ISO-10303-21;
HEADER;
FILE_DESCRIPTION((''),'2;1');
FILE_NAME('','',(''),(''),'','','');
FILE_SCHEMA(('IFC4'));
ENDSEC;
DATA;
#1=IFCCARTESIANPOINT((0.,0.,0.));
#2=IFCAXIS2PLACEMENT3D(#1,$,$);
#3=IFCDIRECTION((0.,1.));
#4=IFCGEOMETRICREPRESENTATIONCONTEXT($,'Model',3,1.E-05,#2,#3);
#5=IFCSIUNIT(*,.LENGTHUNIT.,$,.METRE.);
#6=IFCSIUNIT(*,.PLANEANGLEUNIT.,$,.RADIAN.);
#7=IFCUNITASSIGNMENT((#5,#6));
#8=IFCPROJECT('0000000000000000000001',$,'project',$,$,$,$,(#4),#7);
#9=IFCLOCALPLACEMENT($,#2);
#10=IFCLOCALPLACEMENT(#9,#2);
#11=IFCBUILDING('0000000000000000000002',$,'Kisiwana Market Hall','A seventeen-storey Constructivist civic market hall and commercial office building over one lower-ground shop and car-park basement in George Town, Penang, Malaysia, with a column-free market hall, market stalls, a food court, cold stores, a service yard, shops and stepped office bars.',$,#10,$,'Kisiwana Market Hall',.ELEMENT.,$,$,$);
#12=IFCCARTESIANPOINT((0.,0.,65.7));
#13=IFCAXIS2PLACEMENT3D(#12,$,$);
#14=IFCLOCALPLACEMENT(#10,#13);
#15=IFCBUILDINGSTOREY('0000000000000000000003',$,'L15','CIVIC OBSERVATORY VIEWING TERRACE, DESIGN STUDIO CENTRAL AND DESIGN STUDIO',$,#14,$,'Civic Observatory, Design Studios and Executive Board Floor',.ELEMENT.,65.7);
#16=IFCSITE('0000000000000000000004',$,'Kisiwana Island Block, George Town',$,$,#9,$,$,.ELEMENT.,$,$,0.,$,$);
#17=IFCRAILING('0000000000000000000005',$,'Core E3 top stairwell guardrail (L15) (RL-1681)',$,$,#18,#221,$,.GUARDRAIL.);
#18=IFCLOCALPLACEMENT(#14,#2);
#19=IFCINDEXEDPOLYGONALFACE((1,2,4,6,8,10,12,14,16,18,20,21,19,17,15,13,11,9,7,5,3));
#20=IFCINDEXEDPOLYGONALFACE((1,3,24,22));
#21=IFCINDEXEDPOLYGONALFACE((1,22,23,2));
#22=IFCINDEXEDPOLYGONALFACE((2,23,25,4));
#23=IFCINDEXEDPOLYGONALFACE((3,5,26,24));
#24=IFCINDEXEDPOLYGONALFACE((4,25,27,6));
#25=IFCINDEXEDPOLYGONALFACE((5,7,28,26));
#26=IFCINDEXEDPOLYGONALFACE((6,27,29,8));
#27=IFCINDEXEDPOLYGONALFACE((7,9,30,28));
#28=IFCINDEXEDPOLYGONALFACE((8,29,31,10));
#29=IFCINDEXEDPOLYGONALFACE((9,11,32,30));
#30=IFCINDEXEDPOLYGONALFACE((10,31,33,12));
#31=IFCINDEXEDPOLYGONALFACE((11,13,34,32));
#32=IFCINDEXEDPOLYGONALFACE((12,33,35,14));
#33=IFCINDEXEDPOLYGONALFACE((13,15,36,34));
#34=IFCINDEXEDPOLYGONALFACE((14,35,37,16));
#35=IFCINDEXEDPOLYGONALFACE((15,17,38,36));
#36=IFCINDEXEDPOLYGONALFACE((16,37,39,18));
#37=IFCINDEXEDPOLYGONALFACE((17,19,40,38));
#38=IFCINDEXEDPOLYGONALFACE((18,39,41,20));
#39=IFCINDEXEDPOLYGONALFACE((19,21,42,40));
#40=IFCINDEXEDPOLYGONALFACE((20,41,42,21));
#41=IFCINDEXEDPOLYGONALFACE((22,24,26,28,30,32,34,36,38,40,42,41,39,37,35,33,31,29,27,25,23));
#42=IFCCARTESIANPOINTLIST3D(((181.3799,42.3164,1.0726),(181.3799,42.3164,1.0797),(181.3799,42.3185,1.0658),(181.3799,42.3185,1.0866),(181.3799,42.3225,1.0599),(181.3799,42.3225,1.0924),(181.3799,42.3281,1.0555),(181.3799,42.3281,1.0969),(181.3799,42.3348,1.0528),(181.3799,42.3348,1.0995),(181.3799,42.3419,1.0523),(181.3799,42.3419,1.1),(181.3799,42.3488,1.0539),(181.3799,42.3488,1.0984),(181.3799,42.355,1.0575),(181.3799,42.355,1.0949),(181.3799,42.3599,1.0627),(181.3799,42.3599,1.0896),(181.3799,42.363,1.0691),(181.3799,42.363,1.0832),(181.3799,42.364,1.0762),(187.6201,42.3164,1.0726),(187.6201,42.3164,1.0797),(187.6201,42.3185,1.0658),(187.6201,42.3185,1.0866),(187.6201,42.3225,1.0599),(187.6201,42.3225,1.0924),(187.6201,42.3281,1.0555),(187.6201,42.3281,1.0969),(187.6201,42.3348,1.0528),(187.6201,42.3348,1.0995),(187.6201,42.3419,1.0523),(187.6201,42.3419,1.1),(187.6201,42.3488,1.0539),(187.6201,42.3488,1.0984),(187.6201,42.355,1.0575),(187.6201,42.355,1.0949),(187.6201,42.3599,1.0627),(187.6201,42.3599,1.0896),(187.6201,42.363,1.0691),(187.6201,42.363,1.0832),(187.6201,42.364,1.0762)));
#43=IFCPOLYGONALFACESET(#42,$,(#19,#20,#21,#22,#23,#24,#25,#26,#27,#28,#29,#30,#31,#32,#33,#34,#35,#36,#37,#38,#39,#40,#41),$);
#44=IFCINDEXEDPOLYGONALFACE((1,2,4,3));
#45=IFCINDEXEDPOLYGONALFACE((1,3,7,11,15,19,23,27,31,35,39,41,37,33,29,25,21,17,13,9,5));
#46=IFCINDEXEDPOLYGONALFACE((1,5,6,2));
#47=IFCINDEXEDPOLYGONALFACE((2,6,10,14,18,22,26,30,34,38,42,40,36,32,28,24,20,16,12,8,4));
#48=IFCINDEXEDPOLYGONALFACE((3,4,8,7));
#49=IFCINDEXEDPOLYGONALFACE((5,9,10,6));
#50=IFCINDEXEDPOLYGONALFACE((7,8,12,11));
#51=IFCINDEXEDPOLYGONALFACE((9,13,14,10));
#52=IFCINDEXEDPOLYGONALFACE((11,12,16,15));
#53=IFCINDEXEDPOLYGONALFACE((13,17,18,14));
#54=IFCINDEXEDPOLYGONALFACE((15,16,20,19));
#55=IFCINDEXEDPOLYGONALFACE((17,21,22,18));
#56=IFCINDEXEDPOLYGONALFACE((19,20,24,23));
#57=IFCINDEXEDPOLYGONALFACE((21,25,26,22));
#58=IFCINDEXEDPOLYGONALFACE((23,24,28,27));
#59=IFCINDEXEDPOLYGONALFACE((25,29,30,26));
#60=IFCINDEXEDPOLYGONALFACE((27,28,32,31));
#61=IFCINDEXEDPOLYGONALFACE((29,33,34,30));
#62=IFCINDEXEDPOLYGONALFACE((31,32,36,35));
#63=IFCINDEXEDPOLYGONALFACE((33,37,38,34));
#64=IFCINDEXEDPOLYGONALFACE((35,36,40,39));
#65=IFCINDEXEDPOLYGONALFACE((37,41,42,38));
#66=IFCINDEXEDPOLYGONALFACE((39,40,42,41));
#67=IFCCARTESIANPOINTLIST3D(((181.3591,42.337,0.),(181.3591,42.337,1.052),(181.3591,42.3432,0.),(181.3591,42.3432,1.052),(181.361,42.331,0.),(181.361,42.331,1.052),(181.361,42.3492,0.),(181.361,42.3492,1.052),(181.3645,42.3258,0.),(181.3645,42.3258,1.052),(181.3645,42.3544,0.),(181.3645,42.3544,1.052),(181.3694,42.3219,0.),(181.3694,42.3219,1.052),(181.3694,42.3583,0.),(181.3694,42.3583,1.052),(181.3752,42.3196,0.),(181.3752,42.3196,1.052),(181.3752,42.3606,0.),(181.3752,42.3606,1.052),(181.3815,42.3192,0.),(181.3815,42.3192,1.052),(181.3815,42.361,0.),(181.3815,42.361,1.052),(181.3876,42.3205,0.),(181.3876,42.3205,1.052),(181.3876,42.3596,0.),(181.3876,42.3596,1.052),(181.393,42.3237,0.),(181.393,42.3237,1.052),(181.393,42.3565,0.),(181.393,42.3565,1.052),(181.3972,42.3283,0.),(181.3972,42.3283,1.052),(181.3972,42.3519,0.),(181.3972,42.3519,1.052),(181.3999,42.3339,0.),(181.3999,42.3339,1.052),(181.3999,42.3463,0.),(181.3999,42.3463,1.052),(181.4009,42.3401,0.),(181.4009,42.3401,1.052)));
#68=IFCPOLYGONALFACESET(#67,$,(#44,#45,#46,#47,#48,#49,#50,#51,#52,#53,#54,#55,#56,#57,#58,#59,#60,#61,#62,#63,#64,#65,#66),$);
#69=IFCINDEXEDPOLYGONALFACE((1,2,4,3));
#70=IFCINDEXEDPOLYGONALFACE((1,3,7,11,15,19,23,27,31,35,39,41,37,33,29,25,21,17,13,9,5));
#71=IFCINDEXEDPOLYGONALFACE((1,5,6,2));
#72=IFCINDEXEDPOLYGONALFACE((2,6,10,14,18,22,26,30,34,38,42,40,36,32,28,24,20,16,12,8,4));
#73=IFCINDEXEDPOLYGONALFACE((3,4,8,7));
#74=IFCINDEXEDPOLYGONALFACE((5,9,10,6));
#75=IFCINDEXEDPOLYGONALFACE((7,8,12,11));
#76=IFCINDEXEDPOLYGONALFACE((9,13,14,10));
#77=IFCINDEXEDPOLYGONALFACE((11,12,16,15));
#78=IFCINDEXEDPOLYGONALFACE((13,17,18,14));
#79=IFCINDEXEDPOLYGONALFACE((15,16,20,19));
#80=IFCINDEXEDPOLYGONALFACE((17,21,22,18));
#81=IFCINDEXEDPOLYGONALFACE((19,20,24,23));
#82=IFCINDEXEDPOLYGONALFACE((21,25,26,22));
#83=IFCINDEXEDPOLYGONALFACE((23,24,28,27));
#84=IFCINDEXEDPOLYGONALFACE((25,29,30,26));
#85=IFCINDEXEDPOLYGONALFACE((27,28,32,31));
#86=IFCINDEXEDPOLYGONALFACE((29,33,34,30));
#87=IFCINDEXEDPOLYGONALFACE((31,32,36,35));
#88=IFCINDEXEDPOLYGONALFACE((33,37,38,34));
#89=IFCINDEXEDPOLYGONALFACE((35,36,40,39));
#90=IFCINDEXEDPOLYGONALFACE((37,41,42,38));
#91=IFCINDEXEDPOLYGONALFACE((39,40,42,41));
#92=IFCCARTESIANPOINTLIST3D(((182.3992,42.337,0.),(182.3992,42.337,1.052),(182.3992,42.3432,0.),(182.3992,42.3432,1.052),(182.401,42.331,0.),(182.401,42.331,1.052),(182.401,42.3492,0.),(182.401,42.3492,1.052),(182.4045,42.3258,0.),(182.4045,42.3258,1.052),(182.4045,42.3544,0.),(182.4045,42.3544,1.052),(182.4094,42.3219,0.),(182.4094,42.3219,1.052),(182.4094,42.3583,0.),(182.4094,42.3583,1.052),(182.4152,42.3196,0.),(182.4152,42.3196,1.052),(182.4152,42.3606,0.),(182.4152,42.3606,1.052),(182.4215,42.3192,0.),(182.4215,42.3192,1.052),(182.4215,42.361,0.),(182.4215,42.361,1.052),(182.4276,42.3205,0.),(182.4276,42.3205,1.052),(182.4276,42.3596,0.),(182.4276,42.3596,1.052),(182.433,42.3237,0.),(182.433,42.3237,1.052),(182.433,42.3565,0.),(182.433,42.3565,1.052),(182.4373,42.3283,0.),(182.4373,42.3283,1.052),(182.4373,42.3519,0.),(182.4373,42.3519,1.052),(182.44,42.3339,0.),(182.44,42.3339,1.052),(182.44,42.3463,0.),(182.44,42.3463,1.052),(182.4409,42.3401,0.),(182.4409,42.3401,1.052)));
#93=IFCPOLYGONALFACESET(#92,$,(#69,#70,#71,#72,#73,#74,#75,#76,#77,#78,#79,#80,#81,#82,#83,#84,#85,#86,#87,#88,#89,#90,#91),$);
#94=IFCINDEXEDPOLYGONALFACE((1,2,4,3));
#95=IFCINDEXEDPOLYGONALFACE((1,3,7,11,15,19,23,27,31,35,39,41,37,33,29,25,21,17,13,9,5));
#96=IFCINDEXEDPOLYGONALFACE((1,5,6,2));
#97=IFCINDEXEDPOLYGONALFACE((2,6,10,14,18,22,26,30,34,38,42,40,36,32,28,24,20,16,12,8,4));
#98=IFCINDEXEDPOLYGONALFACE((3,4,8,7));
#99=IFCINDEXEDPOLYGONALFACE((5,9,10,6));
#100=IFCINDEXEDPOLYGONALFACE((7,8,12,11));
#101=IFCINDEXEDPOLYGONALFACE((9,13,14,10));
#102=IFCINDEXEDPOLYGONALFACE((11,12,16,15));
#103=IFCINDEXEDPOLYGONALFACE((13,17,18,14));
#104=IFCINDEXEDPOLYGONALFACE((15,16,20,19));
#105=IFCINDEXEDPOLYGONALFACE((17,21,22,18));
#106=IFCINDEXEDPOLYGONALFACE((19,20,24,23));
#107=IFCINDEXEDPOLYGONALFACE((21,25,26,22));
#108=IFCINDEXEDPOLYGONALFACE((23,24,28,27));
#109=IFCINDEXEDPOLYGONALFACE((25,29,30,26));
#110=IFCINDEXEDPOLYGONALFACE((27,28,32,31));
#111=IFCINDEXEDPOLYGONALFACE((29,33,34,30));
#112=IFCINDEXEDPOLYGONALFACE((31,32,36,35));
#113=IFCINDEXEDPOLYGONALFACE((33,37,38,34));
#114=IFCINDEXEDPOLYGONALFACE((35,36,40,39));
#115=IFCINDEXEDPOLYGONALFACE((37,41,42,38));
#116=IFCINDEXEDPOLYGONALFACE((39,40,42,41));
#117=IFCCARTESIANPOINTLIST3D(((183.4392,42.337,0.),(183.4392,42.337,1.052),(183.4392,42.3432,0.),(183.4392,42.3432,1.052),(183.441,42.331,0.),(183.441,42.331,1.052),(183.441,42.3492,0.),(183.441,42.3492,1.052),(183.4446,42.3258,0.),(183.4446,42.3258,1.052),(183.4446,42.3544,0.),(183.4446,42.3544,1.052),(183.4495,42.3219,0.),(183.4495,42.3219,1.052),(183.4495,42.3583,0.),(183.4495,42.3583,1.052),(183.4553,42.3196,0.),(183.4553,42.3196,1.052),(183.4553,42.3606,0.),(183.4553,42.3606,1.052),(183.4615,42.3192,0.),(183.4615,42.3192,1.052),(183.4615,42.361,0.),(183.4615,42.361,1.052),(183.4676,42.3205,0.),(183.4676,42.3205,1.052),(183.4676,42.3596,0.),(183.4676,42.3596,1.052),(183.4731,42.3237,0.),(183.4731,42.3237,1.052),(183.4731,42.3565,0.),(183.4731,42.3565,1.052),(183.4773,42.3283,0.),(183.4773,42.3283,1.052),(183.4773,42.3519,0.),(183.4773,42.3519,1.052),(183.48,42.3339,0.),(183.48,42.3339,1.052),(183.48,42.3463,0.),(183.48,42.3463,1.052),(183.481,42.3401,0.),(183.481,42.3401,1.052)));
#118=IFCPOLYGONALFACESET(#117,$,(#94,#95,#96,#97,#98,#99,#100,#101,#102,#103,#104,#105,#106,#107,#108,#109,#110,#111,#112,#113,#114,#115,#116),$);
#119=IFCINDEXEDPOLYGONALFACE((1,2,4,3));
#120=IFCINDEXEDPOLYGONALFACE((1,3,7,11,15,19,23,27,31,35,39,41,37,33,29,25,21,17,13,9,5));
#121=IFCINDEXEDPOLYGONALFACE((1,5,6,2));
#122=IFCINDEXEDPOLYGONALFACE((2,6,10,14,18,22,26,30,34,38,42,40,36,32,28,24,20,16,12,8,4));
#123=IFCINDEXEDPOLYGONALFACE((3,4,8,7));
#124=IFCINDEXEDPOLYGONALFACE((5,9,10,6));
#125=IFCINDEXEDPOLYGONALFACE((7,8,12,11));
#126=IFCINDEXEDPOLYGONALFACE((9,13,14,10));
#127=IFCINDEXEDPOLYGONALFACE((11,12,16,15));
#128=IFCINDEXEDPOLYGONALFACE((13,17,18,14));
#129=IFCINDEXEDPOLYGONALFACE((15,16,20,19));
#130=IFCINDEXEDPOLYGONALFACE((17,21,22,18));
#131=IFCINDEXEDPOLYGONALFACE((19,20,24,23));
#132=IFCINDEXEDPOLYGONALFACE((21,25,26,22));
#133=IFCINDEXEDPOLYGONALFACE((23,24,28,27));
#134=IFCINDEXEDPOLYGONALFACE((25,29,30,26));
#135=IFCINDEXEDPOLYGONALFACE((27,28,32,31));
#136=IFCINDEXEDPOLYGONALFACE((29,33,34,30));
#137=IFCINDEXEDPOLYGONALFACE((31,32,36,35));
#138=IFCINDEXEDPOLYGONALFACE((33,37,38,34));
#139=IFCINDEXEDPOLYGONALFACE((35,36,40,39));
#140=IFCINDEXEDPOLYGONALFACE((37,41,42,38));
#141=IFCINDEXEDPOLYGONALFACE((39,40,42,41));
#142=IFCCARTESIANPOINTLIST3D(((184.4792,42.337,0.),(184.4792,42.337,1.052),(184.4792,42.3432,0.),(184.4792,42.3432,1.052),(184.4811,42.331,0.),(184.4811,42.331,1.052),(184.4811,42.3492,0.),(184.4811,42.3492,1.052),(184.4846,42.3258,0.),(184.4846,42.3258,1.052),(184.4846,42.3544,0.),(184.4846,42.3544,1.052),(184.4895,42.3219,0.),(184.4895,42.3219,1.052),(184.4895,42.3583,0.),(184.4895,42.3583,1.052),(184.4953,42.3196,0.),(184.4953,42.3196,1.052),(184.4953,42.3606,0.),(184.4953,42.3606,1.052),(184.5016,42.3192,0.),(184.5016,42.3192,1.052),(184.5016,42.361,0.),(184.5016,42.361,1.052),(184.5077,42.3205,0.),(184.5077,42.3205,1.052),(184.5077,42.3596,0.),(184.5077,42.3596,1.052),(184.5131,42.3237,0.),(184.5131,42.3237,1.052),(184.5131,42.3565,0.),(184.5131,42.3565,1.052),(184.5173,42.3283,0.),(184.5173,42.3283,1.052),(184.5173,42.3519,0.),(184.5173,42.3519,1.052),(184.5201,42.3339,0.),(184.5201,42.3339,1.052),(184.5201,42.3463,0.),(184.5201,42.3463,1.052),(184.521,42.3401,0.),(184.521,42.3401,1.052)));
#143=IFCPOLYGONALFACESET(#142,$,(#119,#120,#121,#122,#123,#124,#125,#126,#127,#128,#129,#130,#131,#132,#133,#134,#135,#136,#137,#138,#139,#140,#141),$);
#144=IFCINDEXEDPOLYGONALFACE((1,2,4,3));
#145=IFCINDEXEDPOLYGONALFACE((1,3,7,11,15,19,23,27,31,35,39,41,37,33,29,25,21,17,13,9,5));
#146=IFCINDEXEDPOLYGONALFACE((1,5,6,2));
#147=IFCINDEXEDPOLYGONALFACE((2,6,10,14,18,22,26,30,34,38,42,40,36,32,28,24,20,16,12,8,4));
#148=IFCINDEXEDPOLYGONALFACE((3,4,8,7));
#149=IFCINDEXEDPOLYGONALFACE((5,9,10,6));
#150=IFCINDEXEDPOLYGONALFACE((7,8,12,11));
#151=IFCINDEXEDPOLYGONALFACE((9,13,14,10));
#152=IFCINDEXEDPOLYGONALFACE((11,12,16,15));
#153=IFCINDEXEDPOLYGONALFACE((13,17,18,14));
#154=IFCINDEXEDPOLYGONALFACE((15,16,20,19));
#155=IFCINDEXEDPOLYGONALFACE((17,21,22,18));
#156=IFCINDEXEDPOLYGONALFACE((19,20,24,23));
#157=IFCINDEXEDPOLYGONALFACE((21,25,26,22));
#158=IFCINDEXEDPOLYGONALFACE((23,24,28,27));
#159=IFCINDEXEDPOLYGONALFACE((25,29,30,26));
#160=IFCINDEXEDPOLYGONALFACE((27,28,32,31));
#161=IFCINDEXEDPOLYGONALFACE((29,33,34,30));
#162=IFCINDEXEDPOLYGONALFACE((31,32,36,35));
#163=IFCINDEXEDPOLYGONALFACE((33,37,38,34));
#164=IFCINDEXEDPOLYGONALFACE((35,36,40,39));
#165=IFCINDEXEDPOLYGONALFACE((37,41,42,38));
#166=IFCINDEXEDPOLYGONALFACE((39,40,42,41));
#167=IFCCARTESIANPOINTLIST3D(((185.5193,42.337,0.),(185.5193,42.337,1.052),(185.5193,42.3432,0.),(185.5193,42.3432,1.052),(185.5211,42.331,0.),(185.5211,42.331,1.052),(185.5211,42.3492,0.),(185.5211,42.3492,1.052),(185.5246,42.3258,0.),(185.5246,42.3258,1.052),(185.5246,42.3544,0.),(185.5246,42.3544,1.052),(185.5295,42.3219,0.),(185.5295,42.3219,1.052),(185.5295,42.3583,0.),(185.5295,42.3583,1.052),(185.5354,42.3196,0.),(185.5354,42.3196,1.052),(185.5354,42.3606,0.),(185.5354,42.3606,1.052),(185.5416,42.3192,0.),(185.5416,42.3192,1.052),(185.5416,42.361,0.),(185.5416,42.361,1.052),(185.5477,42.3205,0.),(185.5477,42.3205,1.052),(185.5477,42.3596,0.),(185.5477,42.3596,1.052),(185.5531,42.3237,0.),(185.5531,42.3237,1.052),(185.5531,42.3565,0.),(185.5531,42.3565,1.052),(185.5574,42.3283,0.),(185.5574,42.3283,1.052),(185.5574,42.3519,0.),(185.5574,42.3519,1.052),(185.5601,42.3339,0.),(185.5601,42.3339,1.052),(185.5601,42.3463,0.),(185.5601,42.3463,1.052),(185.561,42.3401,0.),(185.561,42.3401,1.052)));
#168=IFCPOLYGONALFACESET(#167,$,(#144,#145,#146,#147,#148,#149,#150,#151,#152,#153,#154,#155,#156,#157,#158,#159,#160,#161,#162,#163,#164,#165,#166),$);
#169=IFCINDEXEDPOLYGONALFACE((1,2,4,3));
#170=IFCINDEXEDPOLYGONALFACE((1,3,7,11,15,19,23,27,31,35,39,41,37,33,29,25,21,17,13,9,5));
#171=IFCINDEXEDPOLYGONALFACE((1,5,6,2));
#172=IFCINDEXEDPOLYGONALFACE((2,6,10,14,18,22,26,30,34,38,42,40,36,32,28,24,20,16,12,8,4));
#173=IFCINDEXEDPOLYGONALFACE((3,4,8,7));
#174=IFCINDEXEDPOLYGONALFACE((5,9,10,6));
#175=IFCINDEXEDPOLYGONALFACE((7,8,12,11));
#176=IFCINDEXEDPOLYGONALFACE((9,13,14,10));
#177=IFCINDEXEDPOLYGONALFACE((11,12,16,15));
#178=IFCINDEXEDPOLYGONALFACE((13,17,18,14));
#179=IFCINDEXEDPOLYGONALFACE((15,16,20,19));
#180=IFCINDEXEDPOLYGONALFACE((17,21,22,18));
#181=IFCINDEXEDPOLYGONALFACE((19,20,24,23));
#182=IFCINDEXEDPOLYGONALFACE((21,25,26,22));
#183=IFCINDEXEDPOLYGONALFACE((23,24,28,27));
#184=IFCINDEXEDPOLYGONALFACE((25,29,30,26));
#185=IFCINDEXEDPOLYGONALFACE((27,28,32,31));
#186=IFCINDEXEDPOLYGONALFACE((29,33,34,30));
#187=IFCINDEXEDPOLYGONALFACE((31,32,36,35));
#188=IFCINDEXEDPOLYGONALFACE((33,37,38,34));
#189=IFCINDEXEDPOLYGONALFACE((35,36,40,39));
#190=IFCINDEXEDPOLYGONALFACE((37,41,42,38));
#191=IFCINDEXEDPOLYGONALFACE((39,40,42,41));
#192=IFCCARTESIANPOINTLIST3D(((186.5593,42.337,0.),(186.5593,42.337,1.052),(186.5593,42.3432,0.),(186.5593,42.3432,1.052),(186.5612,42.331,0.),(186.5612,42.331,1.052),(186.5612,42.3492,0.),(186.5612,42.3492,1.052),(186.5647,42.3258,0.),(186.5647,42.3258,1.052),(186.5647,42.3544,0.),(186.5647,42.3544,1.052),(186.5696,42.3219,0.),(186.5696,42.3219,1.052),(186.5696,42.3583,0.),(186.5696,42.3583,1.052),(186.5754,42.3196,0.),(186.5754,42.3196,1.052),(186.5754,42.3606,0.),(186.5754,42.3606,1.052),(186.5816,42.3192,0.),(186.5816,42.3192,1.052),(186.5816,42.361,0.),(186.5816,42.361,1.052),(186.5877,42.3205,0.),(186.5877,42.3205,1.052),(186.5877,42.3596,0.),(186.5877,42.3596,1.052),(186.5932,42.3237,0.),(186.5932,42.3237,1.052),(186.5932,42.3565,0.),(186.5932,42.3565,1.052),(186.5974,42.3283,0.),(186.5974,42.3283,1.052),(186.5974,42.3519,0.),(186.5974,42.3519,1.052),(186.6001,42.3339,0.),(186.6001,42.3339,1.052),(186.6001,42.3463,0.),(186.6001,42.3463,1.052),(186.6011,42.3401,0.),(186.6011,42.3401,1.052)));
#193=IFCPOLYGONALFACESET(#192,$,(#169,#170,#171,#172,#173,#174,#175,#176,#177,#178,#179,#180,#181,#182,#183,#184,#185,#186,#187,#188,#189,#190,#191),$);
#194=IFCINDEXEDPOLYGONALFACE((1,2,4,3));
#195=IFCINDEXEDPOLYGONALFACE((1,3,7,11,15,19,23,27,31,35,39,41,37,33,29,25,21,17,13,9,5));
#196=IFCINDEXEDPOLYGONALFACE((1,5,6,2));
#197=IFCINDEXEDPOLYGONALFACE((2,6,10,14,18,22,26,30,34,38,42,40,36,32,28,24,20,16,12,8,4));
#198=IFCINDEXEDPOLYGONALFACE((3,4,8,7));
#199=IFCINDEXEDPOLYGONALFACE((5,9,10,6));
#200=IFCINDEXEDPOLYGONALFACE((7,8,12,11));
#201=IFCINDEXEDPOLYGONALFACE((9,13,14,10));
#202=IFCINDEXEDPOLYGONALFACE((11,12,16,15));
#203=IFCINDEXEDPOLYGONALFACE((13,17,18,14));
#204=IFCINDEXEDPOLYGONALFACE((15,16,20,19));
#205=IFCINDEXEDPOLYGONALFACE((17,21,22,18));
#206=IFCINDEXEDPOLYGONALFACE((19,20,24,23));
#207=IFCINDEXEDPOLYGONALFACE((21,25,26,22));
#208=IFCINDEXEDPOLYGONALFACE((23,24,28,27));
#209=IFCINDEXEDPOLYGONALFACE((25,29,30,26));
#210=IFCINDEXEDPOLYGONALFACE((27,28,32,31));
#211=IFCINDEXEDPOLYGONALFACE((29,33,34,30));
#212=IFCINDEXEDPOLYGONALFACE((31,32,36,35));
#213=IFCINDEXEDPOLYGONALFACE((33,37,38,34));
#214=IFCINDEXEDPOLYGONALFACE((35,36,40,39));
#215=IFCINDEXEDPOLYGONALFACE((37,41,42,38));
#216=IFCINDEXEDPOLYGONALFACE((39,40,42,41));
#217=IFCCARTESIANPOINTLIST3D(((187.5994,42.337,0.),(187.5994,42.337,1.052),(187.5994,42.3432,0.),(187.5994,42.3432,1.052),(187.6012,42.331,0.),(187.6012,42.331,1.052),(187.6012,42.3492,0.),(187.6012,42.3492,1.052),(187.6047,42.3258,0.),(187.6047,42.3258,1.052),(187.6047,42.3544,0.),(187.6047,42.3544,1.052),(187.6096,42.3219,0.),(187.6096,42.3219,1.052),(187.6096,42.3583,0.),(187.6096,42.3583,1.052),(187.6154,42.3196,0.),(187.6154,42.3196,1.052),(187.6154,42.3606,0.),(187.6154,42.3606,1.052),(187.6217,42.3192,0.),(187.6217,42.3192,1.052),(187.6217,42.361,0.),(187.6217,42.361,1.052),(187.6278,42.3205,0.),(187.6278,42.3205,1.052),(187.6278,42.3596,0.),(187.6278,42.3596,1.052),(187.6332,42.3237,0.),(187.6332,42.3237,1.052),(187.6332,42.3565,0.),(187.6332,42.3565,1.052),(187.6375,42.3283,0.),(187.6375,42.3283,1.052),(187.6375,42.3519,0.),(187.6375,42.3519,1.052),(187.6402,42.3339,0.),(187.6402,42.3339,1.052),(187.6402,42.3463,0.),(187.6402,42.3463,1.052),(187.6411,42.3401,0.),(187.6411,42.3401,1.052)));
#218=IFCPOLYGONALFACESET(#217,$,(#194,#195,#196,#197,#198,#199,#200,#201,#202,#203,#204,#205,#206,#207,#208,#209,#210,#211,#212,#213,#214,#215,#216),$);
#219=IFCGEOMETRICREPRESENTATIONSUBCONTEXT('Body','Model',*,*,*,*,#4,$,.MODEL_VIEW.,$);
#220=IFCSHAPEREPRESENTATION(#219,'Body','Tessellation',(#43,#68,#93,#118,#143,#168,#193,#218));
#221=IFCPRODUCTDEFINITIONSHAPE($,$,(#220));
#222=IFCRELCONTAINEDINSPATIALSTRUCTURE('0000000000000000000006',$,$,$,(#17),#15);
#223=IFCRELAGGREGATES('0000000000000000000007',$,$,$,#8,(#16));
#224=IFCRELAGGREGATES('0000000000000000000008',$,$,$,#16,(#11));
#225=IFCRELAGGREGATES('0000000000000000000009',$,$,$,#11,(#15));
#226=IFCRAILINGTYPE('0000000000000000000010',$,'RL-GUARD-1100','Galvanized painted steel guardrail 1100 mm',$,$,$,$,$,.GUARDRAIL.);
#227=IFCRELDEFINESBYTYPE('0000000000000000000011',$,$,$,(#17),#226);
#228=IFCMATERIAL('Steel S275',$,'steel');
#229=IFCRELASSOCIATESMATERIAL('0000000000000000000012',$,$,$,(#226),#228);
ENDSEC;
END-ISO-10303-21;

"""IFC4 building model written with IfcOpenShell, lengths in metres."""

from ifc_helpers import new_model, si_unit, direction, frame, origin, origin_2d, place, context, subcontext, project, spatial, circle, extrude, material, type_object, element, save


model = new_model("IFC4")

# Units and contexts
model_context = context("Model", 3, precision=1e-05, world=origin(), true_north=direction((0.0, 1.0)))
body_context = subcontext(model_context, "Body", "Model", "MODEL_VIEW")
ifc_project = project(units=[si_unit("LENGTHUNIT", "METRE"), si_unit("PLANEANGLEUNIT", "RADIAN")], contexts=[model_context])

# Site, building, storey
site_placement = place(None, origin())
site = spatial("IfcSite", under=ifc_project, at=site_placement, Name="Kisiwana Island Block, George Town", CompositionType="ELEMENT", RefElevation=0.0)
building_placement = place(site_placement, origin())
building = spatial("IfcBuilding", under=site, at=building_placement, Name="Kisiwana Market Hall", Description="A seventeen-storey Constructivist civic market hall and commercial office building over one lower-ground shop and car-park basement in George Town, Penang, Malaysia, with a column-free market hall, market stalls, a food court, cold stores, a service yard, shops and stepped office bars.", LongName="Kisiwana Market Hall", CompositionType="ELEMENT")
storey_placement = place(building_placement, frame((0.0, 0.0, 65.7)))
storey = spatial("IfcBuildingStorey", under=building, at=storey_placement, Name="L15", Description="CIVIC OBSERVATORY VIEWING TERRACE, DESIGN STUDIO CENTRAL AND DESIGN STUDIO", LongName="Civic Observatory, Design Studios and Executive Board Floor", CompositionType="ELEMENT", Elevation=65.7)

# Railing
ifc_material_1 = material(Name="Steel S275", Category="steel")
railing_type = type_object("IfcRailingType", Name="RL-GUARD-1100", Description="Galvanized painted steel guardrail 1100 mm", PredefinedType="GUARDRAIL", material=ifc_material_1)
railing_1_placement = place(storey_placement, frame((181.3799, 42.3401, 0.0)))
element("IfcRailing", 1, at=railing_1_placement, inside=storey, type_object=railing_type, Name="Core E3 top stairwell guardrail (L15) (RL-1681)", PredefinedType="GUARDRAIL", context=body_context, shape_type="SweptSolid", body=[
    extrude(circle(Radius=0.0239, at=origin_2d()), frame((0.0, 0.0, 1.0762), z_axis=(1.0, 0.0, 0.0), x_axis=(0.0, 1.0, 0.0)), (0.0, 0.0, 1.0), 6.2402),
    extrude(circle(Radius=0.021, at=origin_2d()), origin(), (0.0, 0.0, 1.0), 1.052),
    extrude(circle(Radius=0.021, at=origin_2d()), frame((1.04, 0.0, 0.0)), (0.0, 0.0, 1.0), 1.052),
    extrude(circle(Radius=0.021, at=origin_2d()), frame((2.0801, 0.0, 0.0)), (0.0, 0.0, 1.0), 1.052),
    extrude(circle(Radius=0.021, at=origin_2d()), frame((3.1201, 0.0, 0.0)), (0.0, 0.0, 1.0), 1.052),
    extrude(circle(Radius=0.021, at=origin_2d()), frame((4.1602, 0.0, 0.0)), (0.0, 0.0, 1.0), 1.052),
    extrude(circle(Radius=0.021, at=origin_2d()), frame((5.2002, 0.0, 0.0)), (0.0, 0.0, 1.0), 1.052),
    extrude(circle(Radius=0.021, at=origin_2d()), frame((6.2402, 0.0, 0.0)), (0.0, 0.0, 1.0), 1.052),
])

save(model, "model.ifc")
